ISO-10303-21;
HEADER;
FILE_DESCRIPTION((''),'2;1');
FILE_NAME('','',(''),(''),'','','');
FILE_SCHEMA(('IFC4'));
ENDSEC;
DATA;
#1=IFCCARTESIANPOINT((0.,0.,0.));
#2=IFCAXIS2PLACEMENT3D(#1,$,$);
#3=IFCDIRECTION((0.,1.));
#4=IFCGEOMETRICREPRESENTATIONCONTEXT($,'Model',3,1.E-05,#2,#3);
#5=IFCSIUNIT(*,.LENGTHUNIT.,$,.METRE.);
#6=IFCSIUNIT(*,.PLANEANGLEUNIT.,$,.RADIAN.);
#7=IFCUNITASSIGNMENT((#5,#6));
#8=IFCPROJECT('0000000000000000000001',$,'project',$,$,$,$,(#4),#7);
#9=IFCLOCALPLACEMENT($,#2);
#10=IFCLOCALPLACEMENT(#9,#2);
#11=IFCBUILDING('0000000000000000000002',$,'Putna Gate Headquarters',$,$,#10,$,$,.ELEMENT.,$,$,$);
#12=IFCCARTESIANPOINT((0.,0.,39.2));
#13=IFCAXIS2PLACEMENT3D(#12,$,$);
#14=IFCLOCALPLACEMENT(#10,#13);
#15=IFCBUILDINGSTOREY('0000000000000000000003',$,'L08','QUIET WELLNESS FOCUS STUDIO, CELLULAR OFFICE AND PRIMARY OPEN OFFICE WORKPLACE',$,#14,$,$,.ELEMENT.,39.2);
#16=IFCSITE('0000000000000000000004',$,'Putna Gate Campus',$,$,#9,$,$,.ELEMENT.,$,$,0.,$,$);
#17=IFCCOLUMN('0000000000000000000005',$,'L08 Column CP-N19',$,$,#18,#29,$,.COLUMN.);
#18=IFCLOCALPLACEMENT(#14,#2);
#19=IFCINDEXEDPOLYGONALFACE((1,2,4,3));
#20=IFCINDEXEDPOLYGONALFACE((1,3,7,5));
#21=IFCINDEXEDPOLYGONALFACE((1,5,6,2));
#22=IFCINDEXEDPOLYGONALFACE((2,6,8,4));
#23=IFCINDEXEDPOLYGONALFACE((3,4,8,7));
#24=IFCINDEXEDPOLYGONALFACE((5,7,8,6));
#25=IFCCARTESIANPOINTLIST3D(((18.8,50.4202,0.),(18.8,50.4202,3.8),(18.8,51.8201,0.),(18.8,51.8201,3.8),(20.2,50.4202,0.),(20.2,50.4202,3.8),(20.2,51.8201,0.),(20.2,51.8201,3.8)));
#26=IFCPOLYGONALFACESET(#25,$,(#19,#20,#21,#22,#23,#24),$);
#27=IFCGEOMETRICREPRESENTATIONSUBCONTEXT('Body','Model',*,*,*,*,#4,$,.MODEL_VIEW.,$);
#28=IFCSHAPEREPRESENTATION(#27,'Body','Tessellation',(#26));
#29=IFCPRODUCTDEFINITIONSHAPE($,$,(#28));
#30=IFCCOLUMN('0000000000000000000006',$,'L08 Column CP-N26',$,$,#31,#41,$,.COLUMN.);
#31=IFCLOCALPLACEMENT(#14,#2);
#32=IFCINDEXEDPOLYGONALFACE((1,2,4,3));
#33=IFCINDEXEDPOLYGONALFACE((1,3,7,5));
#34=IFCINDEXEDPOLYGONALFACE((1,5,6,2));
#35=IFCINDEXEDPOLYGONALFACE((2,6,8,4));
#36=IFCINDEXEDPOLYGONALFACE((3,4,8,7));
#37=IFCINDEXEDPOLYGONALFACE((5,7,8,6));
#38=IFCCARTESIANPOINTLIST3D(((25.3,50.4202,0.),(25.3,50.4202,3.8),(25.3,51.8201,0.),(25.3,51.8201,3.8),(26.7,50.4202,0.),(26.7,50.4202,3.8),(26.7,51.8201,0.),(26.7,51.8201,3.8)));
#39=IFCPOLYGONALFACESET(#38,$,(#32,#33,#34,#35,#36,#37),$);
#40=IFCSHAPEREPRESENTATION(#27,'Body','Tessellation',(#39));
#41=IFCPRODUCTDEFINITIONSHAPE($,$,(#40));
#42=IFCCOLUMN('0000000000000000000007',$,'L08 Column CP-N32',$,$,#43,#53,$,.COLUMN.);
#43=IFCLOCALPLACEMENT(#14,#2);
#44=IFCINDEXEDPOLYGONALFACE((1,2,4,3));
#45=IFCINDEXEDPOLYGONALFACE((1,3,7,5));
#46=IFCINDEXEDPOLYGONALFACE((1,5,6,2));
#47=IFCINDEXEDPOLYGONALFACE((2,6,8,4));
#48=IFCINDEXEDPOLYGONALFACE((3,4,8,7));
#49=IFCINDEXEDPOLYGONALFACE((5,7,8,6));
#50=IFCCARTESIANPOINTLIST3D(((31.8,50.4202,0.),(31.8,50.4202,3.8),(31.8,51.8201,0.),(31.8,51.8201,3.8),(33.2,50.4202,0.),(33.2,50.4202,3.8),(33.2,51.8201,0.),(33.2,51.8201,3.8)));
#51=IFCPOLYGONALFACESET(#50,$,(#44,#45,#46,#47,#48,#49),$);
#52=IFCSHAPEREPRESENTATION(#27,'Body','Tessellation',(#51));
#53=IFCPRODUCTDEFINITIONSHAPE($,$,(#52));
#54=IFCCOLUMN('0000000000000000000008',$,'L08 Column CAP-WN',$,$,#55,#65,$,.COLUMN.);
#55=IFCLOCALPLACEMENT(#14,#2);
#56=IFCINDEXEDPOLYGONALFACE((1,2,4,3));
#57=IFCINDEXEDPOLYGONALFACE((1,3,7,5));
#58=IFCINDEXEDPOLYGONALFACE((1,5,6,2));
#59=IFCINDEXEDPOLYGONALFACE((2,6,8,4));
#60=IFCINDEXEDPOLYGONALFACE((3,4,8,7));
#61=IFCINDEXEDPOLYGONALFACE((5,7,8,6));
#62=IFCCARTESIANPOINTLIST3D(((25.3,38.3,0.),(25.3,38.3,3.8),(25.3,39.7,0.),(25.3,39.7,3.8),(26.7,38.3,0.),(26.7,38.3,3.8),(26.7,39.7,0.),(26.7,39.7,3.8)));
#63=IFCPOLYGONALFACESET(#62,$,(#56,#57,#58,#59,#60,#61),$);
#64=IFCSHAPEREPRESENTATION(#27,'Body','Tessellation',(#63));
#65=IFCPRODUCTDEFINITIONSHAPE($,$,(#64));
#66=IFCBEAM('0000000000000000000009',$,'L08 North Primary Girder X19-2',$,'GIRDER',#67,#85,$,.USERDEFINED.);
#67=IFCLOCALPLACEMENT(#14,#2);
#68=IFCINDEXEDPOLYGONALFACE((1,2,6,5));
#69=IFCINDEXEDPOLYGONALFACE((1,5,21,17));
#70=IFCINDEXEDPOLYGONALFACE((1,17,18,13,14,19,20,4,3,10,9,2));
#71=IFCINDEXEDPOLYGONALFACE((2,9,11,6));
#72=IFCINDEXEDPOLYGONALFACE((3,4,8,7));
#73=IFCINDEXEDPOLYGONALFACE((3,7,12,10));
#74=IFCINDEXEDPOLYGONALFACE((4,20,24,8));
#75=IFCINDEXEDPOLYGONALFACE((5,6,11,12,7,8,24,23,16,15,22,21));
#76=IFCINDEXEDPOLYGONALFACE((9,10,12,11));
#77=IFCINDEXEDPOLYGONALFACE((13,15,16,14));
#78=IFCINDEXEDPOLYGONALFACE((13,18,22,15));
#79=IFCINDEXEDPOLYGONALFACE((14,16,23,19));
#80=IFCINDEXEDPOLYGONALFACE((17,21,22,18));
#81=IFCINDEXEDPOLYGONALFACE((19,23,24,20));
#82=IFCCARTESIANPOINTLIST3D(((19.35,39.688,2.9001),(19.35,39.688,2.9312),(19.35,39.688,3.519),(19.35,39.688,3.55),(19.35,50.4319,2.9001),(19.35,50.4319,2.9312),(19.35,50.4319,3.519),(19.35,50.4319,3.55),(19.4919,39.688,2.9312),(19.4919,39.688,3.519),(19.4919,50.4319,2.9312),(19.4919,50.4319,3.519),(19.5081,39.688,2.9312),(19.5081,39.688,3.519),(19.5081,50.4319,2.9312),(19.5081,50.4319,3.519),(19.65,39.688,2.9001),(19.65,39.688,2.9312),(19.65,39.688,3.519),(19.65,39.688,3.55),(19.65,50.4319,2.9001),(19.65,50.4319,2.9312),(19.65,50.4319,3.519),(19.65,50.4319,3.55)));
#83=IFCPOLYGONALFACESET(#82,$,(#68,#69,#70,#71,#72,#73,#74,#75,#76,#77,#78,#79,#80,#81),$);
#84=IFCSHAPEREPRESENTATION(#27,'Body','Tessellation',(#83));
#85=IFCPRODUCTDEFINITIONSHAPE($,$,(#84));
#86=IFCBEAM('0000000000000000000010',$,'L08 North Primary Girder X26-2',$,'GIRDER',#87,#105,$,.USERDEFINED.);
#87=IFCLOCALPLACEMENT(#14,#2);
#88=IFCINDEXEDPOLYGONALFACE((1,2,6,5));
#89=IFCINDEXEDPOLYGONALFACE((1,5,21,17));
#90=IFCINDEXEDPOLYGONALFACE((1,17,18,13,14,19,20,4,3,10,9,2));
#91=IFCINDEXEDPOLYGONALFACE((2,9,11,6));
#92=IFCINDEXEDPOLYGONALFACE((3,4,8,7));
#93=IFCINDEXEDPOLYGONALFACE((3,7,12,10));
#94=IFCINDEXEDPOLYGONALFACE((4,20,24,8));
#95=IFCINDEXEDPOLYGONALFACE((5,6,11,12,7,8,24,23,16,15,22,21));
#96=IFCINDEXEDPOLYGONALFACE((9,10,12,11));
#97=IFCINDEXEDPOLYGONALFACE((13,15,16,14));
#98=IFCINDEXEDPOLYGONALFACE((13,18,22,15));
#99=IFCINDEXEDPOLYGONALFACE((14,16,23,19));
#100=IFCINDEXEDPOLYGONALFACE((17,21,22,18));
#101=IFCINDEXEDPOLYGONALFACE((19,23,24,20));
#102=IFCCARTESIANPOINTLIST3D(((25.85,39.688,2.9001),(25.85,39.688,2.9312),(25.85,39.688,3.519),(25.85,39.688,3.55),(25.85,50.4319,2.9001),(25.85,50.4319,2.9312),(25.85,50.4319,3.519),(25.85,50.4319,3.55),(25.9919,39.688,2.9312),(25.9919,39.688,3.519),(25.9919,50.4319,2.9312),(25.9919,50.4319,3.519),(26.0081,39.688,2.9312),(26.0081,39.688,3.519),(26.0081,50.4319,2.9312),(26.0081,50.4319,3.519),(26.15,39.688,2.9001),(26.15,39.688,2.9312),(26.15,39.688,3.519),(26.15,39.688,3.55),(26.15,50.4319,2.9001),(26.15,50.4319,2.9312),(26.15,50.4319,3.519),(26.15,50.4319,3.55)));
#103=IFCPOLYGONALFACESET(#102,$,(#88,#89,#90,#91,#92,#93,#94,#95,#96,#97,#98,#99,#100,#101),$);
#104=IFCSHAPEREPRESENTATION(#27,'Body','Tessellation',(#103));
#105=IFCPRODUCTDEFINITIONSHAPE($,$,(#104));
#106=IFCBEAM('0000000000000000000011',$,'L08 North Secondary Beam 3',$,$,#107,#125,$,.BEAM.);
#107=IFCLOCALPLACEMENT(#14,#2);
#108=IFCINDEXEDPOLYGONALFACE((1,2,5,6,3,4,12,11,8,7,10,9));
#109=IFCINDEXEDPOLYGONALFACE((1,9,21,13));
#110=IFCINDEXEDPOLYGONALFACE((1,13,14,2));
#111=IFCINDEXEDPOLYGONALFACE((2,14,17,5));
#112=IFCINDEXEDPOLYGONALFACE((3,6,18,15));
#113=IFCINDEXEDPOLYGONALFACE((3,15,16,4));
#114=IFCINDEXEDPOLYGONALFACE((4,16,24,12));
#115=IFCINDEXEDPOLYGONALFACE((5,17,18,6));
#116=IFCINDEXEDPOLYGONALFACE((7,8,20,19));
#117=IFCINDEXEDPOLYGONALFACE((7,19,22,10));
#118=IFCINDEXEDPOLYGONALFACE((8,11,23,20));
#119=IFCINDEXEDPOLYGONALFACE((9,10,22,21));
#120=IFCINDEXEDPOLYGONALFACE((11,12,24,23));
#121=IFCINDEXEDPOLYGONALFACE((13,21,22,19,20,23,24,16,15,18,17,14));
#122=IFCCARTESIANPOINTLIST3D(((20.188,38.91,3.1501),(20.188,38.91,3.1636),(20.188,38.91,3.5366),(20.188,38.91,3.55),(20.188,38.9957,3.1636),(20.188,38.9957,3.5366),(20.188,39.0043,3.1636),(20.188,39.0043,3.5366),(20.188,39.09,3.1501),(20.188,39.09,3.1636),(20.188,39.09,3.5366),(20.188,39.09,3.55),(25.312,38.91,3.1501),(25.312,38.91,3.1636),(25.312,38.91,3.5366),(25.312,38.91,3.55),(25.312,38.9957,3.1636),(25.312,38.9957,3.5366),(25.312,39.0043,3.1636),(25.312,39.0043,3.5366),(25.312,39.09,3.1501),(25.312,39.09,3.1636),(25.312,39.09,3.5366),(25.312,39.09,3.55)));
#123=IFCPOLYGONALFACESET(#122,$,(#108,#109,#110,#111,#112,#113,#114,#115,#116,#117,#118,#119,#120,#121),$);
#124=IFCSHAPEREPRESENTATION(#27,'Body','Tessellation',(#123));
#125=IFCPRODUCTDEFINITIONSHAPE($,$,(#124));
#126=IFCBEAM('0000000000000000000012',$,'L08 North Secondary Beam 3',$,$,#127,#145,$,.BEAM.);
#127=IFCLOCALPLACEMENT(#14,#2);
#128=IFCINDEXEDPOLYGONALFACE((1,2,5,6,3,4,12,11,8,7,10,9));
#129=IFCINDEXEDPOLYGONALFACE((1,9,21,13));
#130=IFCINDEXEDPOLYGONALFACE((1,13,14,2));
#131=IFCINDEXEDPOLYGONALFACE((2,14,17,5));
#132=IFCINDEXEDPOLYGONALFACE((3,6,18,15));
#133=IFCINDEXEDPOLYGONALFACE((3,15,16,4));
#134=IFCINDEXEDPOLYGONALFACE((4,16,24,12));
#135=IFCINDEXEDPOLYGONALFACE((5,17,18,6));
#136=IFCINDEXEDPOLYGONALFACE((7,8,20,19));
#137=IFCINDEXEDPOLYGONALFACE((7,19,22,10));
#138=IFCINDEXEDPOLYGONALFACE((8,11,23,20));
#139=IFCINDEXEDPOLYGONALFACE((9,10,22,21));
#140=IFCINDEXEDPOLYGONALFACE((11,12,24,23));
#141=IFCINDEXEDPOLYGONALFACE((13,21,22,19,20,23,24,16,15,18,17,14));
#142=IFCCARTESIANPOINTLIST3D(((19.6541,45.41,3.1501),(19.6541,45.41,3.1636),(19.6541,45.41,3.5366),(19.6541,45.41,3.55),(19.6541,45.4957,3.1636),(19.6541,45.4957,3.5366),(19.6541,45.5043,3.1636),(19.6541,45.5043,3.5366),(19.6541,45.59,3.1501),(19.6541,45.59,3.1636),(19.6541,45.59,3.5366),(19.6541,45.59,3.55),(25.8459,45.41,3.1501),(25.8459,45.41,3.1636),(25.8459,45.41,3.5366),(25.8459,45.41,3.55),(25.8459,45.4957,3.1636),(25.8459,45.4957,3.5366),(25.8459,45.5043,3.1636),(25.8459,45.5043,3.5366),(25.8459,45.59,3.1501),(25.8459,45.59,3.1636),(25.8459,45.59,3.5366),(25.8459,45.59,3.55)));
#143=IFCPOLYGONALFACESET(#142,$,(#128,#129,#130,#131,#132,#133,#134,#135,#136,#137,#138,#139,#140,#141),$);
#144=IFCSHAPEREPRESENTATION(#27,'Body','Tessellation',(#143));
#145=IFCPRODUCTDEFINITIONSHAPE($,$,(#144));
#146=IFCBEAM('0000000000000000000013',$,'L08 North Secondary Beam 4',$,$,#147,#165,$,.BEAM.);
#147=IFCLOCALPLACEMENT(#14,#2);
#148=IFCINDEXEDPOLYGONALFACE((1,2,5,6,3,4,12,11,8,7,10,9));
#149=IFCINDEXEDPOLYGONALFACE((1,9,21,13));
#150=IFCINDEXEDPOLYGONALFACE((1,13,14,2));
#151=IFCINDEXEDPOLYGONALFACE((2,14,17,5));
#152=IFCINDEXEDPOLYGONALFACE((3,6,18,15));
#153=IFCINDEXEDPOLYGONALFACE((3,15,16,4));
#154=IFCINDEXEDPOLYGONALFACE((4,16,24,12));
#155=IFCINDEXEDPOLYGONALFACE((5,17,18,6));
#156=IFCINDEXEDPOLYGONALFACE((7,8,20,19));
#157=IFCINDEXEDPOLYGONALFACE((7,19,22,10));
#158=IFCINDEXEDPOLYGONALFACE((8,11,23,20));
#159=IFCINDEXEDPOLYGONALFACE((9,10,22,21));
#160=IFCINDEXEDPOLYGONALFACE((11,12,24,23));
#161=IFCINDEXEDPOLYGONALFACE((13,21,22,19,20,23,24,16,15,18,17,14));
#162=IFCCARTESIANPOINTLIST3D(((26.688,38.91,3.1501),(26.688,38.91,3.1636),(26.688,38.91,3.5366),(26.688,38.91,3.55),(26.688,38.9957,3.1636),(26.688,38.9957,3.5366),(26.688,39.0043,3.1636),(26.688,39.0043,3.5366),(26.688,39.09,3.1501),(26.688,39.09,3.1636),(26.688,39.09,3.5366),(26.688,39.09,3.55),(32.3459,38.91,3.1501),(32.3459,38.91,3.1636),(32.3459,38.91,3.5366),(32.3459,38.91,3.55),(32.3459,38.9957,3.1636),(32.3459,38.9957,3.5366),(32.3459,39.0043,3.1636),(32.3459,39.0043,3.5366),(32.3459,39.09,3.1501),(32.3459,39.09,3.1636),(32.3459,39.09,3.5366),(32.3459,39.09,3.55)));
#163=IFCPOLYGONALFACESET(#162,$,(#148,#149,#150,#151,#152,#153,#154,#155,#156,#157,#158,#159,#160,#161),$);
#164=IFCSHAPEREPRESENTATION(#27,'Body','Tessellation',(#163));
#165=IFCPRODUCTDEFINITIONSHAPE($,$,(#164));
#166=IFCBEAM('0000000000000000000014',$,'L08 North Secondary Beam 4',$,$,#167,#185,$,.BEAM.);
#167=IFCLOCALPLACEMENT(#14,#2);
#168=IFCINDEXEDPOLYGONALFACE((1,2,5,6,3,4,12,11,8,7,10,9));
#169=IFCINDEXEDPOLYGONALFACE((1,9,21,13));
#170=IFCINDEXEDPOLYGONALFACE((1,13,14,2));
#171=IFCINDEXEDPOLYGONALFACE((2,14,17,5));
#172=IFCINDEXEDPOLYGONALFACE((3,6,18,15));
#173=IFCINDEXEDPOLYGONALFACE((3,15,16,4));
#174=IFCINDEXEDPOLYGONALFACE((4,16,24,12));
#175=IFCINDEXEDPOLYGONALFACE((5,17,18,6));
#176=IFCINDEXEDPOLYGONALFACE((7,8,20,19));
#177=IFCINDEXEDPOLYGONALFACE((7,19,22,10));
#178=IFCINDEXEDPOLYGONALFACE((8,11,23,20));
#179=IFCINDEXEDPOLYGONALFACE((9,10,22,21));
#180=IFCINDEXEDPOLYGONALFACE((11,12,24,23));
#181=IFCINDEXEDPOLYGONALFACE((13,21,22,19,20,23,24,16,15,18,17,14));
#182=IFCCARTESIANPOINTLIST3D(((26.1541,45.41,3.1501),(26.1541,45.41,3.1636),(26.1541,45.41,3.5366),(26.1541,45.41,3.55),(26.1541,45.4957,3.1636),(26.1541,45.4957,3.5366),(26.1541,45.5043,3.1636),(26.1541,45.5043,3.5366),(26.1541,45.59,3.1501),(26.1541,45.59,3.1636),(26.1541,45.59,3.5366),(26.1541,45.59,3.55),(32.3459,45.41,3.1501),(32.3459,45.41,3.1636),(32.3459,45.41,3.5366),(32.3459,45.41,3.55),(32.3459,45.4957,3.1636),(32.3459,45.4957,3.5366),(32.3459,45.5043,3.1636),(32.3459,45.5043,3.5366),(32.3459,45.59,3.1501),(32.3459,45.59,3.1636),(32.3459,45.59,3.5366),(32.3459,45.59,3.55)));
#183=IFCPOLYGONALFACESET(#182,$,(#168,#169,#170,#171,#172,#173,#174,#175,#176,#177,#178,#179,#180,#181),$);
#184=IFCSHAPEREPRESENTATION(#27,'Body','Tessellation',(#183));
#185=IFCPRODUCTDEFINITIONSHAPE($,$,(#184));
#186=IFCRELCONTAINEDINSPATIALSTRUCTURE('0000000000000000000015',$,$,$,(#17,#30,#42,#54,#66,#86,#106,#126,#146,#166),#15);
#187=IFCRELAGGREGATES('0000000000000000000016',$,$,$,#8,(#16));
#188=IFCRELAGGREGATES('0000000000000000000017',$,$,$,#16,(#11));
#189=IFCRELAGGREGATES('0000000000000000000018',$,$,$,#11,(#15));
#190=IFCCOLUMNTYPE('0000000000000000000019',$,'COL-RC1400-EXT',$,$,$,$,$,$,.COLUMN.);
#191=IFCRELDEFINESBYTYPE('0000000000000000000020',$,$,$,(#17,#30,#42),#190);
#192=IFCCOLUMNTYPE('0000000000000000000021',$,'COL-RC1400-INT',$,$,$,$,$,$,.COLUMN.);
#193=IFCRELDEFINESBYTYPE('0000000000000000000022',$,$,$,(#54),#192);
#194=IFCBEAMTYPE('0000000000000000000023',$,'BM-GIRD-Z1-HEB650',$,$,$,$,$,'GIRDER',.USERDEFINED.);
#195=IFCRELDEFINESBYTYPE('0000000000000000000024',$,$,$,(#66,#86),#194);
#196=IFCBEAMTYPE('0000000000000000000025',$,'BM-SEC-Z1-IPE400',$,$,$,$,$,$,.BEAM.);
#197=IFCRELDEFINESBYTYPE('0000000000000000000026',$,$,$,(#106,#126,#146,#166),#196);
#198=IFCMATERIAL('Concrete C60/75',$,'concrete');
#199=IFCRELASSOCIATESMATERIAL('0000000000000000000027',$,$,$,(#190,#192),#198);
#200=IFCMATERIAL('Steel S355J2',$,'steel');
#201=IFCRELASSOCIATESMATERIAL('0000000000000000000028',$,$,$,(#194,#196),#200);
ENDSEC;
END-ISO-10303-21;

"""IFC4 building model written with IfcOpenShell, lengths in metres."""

from ifc_helpers import new_model, si_unit, direction, frame, origin, origin_2d, place, context, subcontext, project, spatial, rectangle, i_section, extrude, material, material_profile, profile_set, type_object, element, save


model = new_model("IFC4")

# Units and contexts
model_context = context("Model", 3, precision=1e-05, world=origin(), true_north=direction((0.0, 1.0)))
body_context = subcontext(model_context, "Body", "Model", "MODEL_VIEW")
ifc_project = project(units=[si_unit("LENGTHUNIT", "METRE"), si_unit("PLANEANGLEUNIT", "RADIAN")], contexts=[model_context])

# Site, building, storey
site_placement = place(None, origin())
site = spatial("IfcSite", under=ifc_project, at=site_placement, Name="Putna Gate Campus", CompositionType="ELEMENT", RefElevation=0.0)
building_placement = place(site_placement, origin())
building = spatial("IfcBuilding", under=site, at=building_placement, Name="Putna Gate Headquarters", CompositionType="ELEMENT")
storey_placement = place(building_placement, frame((0.0, 0.0, 39.2)))
storey = spatial("IfcBuildingStorey", under=building, at=storey_placement, Name="L08", Description="QUIET WELLNESS FOCUS STUDIO, CELLULAR OFFICE AND PRIMARY OPEN OFFICE WORKPLACE", CompositionType="ELEMENT", Elevation=39.2)

# Columns
ifc_material_1 = material(Name="Concrete C60/75", Category="concrete")
ifc_material_profile_1 = material_profile(ifc_material_1, rectangle(XDim=1.3999, YDim=1.3999, at=origin_2d()), Name="Concrete C60/75")
ifc_profile_set_1 = profile_set([ifc_material_profile_1], Name="Concrete C60/75")
column_type_1 = type_object("IfcColumnType", Name="COL-RC1400-EXT", PredefinedType="COLUMN", material=ifc_profile_set_1)
for number, where, z_axis, x_axis, name in (
    (1, (19.5, 51.1201, 0.0), (0.0, 0.0, 1.0), (1.0, 0.0, 0.0), "L08 Column CP-N19"),
    (2, (26.0, 51.1201, 0.0), (0.0, 0.0, 1.0), (1.0, 0.0, 0.0), "L08 Column CP-N26"),
    (3, (32.5, 51.1201, 0.0), (0.0, 0.0, 1.0), (1.0, 0.0, 0.0), "L08 Column CP-N32"),
):
    element("IfcColumn", number, at=place(storey_placement, frame(where, z_axis=z_axis, x_axis=x_axis)), inside=storey, type_object=column_type_1, Name=name, PredefinedType="COLUMN", context=body_context, shape_type="SweptSolid", body=[
        extrude(rectangle(XDim=1.3999, YDim=1.3999, at=origin_2d()), origin(), (0.0, 0.0, 1.0), 3.8),
    ])
ifc_material_profile_2 = material_profile(ifc_material_1, rectangle(XDim=1.3999, YDim=1.3999, at=origin_2d()), Name="Concrete C60/75")
ifc_profile_set_2 = profile_set([ifc_material_profile_2], Name="Concrete C60/75")
column_type_2 = type_object("IfcColumnType", Name="COL-RC1400-INT", PredefinedType="COLUMN", material=ifc_profile_set_2)
column_placement = place(storey_placement, frame((26.0, 39.0, 0.0), z_axis=(0.0, 0.0, 1.0), x_axis=(1.0, 0.0, 0.0)))
element("IfcColumn", 4, at=column_placement, inside=storey, type_object=column_type_2, Name="L08 Column CAP-WN", PredefinedType="COLUMN", context=body_context, shape_type="SweptSolid", body=[
    extrude(rectangle(XDim=1.3999, YDim=1.3999, at=origin_2d()), origin(), (0.0, 0.0, 1.0), 3.8),
])

# Beams
ifc_material_2 = material(Name="Steel S355J2", Category="steel")
ifc_material_profile_3 = material_profile(ifc_material_2, i_section(OverallWidth=0.3, OverallDepth=0.6499, WebThickness=0.0161, FlangeThickness=0.031, at=origin_2d()), Name="Steel S355J2")
ifc_profile_set_3 = profile_set([ifc_material_profile_3], Name="Steel S355J2")
beam_type_1 = type_object("IfcBeamType", Name="BM-GIRD-Z1-HEB650", ElementType="GIRDER", PredefinedType="USERDEFINED", material=ifc_profile_set_3)
for number, where, z_axis, x_axis, name in (
    (5, (19.5, 39.688, 3.2251), (0.0, 1.0, 0.0), (-1.0, 0.0, 0.0), "L08 North Primary Girder X19-2"),
    (6, (26.0, 39.688, 3.2251), (0.0, 1.0, 0.0), (-1.0, 0.0, 0.0), "L08 North Primary Girder X26-2"),
):
    element("IfcBeam", number, at=place(storey_placement, frame(where, z_axis=z_axis, x_axis=x_axis)), inside=storey, type_object=beam_type_1, Name=name, ObjectType="GIRDER", PredefinedType="USERDEFINED", context=body_context, shape_type="SweptSolid", body=[
        extrude(i_section(OverallWidth=0.3, OverallDepth=0.6499, WebThickness=0.0161, FlangeThickness=0.031, at=origin_2d()), origin(), (0.0, 0.0, 1.0), 10.7439),
    ])
ifc_material_profile_4 = material_profile(ifc_material_2, i_section(OverallWidth=0.1799, OverallDepth=0.3999, WebThickness=0.0085, FlangeThickness=0.0134, at=origin_2d()), Name="Steel S355J2")
ifc_profile_set_4 = profile_set([ifc_material_profile_4], Name="Steel S355J2")
beam_type_2 = type_object("IfcBeamType", Name="BM-SEC-Z1-IPE400", PredefinedType="BEAM", material=ifc_profile_set_4)
beam_1_placement = place(storey_placement, frame((20.188, 39.0, 3.3501), z_axis=(1.0, 0.0, 0.0), x_axis=(0.0, 1.0, 0.0)))
element("IfcBeam", 7, at=beam_1_placement, inside=storey, type_object=beam_type_2, Name="L08 North Secondary Beam 3", PredefinedType="BEAM", context=body_context, shape_type="SweptSolid", body=[
    extrude(i_section(OverallWidth=0.1799, OverallDepth=0.3999, WebThickness=0.0085, FlangeThickness=0.0134, at=origin_2d()), origin(), (0.0, 0.0, 1.0), 5.124),
])
beam_2_placement = place(storey_placement, frame((19.6541, 45.5, 3.3501), z_axis=(1.0, 0.0, 0.0), x_axis=(0.0, 1.0, 0.0)))
element("IfcBeam", 8, at=beam_2_placement, inside=storey, type_object=beam_type_2, Name="L08 North Secondary Beam 3", PredefinedType="BEAM", context=body_context, shape_type="SweptSolid", body=[
    extrude(i_section(OverallWidth=0.1799, OverallDepth=0.3999, WebThickness=0.0085, FlangeThickness=0.0134, at=origin_2d()), origin(), (0.0, 0.0, 1.0), 6.1919),
])
beam_3_placement = place(storey_placement, frame((26.688, 39.0, 3.3501), z_axis=(1.0, 0.0, 0.0), x_axis=(0.0, 1.0, 0.0)))
element("IfcBeam", 9, at=beam_3_placement, inside=storey, type_object=beam_type_2, Name="L08 North Secondary Beam 4", PredefinedType="BEAM", context=body_context, shape_type="SweptSolid", body=[
    extrude(i_section(OverallWidth=0.1799, OverallDepth=0.3999, WebThickness=0.0085, FlangeThickness=0.0134, at=origin_2d()), origin(), (0.0, 0.0, 1.0), 5.658),
])
for number, where, z_axis, x_axis, name in (
    (10, (26.1541, 45.5, 3.3501), (1.0, 0.0, 0.0), (0.0, 1.0, 0.0), "L08 North Secondary Beam 4"),
):
    element("IfcBeam", number, at=place(storey_placement, frame(where, z_axis=z_axis, x_axis=x_axis)), inside=storey, type_object=beam_type_2, Name=name, PredefinedType="BEAM", context=body_context, shape_type="SweptSolid", body=[
        extrude(i_section(OverallWidth=0.1799, OverallDepth=0.3999, WebThickness=0.0085, FlangeThickness=0.0134, at=origin_2d()), origin(), (0.0, 0.0, 1.0), 6.1919),
    ])

save(model, "model.ifc")
